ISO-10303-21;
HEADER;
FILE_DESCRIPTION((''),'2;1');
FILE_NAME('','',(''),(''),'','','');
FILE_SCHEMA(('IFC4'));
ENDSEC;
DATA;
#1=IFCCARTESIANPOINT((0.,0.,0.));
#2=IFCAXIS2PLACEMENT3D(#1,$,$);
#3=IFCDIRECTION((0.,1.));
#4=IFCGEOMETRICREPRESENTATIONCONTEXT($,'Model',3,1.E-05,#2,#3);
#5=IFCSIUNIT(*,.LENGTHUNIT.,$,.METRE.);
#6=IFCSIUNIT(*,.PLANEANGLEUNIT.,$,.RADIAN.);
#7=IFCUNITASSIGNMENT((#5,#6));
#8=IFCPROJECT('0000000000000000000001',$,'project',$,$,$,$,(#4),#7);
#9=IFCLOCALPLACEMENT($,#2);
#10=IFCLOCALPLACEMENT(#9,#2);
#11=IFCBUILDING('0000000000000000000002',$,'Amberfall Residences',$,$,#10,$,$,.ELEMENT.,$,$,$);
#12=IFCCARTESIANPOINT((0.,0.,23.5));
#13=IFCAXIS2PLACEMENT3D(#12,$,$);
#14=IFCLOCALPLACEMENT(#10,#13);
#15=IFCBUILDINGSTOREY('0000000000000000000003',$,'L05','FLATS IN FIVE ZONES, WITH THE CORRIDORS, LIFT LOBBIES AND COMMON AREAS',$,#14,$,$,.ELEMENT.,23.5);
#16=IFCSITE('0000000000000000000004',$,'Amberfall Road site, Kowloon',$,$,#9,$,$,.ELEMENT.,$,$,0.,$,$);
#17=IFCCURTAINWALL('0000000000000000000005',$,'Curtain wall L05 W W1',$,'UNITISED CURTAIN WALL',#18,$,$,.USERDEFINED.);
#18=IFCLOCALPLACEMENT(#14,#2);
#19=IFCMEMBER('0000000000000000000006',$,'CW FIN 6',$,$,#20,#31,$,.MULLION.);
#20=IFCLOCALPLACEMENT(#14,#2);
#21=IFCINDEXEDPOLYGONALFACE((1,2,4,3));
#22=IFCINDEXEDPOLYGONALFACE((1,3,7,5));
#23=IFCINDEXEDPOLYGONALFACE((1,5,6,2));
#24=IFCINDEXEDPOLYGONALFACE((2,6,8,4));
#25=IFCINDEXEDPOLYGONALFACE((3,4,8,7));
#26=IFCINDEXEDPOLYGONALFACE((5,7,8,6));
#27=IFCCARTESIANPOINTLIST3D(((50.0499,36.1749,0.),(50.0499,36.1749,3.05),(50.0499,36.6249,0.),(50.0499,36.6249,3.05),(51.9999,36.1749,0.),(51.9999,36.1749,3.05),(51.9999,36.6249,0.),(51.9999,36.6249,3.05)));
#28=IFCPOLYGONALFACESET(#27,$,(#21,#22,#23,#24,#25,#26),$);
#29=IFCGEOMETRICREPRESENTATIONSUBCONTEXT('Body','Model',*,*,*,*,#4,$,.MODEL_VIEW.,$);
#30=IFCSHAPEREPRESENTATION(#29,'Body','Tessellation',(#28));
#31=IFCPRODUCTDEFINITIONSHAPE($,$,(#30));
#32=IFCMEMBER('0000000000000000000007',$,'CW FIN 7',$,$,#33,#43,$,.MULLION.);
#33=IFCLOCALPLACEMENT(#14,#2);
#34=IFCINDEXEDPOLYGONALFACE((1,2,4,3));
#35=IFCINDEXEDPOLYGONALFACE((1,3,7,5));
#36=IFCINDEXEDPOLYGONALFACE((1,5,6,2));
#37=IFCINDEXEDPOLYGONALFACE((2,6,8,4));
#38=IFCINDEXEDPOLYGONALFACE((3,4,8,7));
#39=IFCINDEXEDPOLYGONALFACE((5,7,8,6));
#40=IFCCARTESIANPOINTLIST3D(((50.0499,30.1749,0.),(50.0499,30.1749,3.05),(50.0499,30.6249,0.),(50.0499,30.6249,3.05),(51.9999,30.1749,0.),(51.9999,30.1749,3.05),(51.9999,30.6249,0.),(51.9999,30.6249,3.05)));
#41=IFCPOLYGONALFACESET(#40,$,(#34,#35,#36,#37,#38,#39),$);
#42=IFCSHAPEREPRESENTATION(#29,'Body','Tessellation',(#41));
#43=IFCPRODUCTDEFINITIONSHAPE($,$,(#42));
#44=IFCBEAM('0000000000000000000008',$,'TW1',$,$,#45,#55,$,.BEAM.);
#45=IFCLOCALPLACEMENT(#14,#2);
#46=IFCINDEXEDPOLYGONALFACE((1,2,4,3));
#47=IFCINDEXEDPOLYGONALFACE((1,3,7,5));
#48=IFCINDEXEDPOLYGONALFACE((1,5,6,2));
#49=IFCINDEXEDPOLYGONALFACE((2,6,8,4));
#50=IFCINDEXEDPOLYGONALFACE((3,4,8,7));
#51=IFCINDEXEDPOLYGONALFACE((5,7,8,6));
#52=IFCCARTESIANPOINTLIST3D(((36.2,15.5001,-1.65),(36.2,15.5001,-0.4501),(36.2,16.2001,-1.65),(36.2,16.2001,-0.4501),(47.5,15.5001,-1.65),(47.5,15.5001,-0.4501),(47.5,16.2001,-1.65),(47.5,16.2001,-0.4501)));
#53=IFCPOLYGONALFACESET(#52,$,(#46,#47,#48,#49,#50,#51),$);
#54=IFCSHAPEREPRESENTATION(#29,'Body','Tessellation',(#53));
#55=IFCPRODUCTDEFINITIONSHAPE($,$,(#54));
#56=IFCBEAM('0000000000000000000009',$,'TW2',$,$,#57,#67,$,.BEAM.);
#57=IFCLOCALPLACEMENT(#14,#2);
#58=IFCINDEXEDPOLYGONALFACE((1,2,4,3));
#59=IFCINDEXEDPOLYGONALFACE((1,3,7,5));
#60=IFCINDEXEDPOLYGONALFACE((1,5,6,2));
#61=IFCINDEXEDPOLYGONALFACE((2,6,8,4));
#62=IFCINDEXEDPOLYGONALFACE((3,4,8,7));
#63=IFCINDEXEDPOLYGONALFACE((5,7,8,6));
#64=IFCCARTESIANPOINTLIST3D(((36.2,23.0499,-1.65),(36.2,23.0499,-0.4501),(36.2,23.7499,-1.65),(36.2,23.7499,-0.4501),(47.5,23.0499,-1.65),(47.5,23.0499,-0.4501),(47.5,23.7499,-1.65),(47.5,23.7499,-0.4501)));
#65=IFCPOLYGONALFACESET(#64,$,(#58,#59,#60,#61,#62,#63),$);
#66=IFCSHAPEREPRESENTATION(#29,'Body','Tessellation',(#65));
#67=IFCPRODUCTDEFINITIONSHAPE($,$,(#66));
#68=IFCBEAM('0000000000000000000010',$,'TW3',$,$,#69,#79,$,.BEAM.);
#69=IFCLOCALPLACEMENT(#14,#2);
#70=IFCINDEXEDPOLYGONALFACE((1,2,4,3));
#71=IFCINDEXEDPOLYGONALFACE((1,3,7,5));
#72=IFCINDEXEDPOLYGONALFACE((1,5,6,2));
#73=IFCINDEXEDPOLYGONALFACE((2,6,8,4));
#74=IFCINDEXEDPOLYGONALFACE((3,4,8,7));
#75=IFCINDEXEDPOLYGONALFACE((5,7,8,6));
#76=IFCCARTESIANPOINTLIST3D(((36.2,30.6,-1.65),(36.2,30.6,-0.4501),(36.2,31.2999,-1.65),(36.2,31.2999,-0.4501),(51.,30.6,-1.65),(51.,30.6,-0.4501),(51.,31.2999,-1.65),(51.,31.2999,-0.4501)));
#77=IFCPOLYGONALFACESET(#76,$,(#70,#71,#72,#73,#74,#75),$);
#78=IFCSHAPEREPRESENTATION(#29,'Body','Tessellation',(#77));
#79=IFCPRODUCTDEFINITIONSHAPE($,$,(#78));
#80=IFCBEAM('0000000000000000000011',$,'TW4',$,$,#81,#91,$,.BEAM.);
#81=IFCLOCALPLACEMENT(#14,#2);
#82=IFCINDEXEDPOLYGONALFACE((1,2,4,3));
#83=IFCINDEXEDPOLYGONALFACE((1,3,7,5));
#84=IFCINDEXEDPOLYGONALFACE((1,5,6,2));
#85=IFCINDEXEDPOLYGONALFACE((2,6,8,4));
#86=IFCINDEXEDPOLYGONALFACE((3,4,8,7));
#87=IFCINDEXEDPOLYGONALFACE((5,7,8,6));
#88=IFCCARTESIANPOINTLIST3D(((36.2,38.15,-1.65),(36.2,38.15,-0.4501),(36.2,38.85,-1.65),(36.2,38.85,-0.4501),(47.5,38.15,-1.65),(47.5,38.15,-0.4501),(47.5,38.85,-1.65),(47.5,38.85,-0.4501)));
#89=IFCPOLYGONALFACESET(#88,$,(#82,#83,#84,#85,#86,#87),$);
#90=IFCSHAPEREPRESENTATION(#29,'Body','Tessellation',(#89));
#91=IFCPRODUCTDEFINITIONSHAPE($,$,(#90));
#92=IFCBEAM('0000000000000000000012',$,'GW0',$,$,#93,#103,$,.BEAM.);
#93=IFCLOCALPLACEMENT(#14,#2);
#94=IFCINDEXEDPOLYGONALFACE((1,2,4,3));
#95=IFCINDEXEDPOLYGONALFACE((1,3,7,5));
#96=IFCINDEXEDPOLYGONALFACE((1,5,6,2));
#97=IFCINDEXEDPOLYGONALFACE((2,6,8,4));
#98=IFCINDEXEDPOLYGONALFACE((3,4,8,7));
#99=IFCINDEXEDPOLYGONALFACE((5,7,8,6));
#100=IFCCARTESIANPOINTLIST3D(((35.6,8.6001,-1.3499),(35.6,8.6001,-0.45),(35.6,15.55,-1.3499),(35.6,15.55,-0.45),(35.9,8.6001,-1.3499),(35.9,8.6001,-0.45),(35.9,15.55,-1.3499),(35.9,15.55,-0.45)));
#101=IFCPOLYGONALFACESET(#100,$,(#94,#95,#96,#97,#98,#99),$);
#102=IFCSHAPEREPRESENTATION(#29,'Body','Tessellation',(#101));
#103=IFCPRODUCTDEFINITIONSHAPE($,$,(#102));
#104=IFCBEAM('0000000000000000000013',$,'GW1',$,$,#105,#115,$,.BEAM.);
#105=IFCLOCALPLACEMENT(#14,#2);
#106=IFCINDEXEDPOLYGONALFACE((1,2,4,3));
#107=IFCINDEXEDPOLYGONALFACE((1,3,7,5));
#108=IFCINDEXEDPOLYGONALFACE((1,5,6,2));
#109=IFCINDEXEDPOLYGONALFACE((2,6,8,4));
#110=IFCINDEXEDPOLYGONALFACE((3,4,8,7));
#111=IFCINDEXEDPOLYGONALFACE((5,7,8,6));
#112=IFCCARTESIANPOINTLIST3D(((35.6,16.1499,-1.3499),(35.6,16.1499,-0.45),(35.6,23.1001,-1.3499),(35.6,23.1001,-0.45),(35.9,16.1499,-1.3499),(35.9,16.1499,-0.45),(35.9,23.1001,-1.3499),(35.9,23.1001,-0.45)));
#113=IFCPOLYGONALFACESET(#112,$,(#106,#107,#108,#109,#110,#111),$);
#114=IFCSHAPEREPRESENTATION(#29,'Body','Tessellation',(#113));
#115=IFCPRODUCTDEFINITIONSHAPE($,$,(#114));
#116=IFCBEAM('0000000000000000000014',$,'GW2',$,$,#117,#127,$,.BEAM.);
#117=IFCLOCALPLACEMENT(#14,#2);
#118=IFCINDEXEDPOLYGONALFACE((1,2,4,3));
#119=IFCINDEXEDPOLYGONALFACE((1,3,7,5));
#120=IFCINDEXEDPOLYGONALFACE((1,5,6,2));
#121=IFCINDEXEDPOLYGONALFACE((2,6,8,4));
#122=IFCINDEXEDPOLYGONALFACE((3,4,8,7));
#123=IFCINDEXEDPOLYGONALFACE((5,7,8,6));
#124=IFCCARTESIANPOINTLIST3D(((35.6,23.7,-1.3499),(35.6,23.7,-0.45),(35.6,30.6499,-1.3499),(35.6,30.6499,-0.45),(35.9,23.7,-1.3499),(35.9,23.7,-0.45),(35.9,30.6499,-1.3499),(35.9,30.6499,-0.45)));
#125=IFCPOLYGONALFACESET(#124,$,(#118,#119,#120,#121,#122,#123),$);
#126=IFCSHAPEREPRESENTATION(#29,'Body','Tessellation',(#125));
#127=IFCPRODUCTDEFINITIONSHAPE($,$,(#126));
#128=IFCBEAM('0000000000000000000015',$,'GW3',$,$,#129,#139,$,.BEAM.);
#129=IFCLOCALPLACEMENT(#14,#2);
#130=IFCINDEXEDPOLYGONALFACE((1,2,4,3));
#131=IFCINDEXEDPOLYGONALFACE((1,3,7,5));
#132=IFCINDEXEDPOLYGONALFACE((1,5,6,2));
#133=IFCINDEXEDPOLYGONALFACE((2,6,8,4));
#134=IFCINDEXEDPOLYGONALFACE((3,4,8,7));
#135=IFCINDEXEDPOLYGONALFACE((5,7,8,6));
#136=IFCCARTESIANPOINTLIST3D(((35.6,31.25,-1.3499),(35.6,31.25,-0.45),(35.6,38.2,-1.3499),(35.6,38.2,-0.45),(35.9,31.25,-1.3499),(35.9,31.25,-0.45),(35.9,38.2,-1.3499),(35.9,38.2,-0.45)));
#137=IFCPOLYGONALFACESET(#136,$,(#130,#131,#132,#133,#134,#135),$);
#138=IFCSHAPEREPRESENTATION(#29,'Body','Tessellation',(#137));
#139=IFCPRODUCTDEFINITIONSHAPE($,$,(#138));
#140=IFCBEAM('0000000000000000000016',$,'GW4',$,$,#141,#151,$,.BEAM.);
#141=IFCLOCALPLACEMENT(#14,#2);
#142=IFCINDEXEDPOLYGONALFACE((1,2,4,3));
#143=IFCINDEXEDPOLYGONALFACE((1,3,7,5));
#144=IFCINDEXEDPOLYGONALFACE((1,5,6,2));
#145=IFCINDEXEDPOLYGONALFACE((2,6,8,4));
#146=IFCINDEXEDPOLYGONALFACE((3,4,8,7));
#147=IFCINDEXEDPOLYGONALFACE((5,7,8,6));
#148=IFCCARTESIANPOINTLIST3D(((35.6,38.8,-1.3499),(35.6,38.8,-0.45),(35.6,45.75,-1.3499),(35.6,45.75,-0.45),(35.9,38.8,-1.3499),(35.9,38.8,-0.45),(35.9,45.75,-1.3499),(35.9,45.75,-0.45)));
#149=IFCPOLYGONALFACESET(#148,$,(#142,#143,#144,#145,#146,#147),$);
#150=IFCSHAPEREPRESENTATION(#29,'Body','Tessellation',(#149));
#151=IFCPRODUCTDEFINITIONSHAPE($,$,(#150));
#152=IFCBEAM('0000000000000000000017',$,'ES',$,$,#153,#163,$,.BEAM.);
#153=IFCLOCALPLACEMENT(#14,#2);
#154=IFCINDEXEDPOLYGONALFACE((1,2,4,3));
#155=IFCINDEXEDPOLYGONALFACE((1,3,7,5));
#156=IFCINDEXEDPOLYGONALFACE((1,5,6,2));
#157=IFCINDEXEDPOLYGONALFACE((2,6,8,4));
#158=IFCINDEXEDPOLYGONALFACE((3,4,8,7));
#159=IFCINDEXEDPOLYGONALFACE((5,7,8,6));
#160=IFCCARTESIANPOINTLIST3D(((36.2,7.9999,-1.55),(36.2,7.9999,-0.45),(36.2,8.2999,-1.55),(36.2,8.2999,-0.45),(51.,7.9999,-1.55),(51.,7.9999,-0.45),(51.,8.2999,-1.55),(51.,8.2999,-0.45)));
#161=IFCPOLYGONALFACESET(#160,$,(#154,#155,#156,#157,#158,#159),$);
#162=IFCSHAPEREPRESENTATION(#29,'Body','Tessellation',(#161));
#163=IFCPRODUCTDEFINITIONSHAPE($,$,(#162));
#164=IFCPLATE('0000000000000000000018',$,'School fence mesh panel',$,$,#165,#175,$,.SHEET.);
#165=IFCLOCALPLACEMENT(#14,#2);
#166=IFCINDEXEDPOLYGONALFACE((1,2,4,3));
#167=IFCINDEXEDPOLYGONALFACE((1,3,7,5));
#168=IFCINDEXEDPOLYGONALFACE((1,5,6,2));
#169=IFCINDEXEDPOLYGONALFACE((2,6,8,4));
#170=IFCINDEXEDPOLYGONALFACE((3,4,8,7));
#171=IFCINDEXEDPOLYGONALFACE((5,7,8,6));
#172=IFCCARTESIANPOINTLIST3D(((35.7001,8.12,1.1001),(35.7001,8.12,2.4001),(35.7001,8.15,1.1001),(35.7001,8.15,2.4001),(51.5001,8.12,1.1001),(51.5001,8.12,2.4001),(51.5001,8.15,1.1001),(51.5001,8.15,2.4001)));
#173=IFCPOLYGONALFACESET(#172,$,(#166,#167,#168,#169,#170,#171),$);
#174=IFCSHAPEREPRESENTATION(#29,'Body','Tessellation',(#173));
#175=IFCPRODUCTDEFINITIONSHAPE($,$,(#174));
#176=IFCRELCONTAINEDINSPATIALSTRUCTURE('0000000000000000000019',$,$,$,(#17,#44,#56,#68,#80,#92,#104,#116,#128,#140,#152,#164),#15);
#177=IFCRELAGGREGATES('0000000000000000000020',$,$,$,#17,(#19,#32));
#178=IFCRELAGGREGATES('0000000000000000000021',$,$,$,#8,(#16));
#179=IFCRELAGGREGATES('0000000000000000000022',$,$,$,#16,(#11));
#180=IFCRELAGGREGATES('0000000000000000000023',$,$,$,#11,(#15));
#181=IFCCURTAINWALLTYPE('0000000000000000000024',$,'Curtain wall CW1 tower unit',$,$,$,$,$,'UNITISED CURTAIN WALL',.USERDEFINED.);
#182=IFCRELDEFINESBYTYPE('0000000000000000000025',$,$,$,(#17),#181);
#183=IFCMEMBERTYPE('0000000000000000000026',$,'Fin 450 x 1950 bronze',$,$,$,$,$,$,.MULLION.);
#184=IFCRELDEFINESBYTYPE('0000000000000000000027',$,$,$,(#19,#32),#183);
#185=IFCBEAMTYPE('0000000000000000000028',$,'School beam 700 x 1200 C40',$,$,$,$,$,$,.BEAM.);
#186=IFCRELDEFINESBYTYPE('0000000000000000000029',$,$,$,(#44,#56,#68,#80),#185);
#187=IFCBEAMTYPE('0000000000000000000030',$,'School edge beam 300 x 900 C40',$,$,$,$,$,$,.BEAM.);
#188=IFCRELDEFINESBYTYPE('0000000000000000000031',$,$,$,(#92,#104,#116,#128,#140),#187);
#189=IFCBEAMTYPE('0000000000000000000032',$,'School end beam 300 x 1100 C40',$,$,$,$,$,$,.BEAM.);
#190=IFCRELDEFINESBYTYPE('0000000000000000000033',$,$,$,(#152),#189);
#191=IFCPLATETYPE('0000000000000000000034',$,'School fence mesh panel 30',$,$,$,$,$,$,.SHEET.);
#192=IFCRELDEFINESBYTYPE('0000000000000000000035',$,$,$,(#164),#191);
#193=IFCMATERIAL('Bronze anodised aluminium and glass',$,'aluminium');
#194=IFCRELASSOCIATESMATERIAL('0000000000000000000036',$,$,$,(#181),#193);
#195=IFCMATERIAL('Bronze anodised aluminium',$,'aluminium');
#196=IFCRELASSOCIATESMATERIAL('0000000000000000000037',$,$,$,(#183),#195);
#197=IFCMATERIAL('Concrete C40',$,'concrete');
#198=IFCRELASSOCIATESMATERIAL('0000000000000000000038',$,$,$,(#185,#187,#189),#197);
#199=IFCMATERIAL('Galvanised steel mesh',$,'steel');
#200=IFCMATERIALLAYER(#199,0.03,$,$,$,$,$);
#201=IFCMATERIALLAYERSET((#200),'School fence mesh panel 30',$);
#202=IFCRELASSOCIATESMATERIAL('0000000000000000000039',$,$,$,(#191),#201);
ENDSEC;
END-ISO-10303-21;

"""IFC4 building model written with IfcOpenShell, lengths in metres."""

from ifc_helpers import new_model, si_unit, direction, frame, origin, origin_2d, place, context, subcontext, project, spatial, rectangle, extrude, material, layer, layer_set, material_profile, profile_set, type_object, element, aggregate, save


model = new_model("IFC4")

# Units and contexts
model_context = context("Model", 3, precision=1e-05, world=origin(), true_north=direction((0.0, 1.0)))
body_context = subcontext(model_context, "Body", "Model", "MODEL_VIEW")
ifc_project = project(units=[si_unit("LENGTHUNIT", "METRE"), si_unit("PLANEANGLEUNIT", "RADIAN")], contexts=[model_context])

# Site, building, storey
site_placement = place(None, origin())
site = spatial("IfcSite", under=ifc_project, at=site_placement, Name="Amberfall Road site, Kowloon", CompositionType="ELEMENT", RefElevation=0.0)
building_placement = place(site_placement, origin())
building = spatial("IfcBuilding", under=site, at=building_placement, Name="Amberfall Residences", CompositionType="ELEMENT")
storey_placement = place(building_placement, frame((0.0, 0.0, 23.5)))
storey = spatial("IfcBuildingStorey", under=building, at=storey_placement, Name="L05", Description="FLATS IN FIVE ZONES, WITH THE CORRIDORS, LIFT LOBBIES AND COMMON AREAS", CompositionType="ELEMENT", Elevation=23.5)

# Curtain wall, members
ifc_material_1 = material(Name="Bronze anodised aluminium and glass", Category="aluminium")
curtain_wall_type = type_object("IfcCurtainWallType", Name="Curtain wall CW1 tower unit", ElementType="UNITISED CURTAIN WALL", PredefinedType="USERDEFINED", material=ifc_material_1)
curtain_wall_placement = place(storey_placement, origin())
curtain_wall = element("IfcCurtainWall", 1, at=curtain_wall_placement, inside=storey, type_object=curtain_wall_type, Name="Curtain wall L05 W W1", ObjectType="UNITISED CURTAIN WALL", PredefinedType="USERDEFINED")
ifc_material_2 = material(Name="Bronze anodised aluminium", Category="aluminium")
ifc_material_profile_1 = material_profile(ifc_material_2, rectangle(XDim=1.95, YDim=0.45, at=origin_2d()), Name="Fin 450 x 1950 bronze")
ifc_profile_set_1 = profile_set([ifc_material_profile_1], Name="Bronze anodised aluminium")
member_type = type_object("IfcMemberType", Name="Fin 450 x 1950 bronze", PredefinedType="MULLION", material=ifc_profile_set_1)
member_1_placement = place(storey_placement, frame((51.0249, 36.3999, 0.0), z_axis=(0.0, 0.0, 1.0), x_axis=(1.0, 0.0, 0.0)))
member_1 = element("IfcMember", 2, at=member_1_placement, type_object=member_type, Name="CW FIN 6", PredefinedType="MULLION", context=body_context, shape_type="SweptSolid", body=[
    extrude(rectangle(XDim=1.95, YDim=0.45, at=origin_2d()), origin(), (0.0, 0.0, 1.0), 3.05),
])
member_2_placement = place(storey_placement, frame((51.0249, 30.3999, 0.0), z_axis=(0.0, 0.0, 1.0), x_axis=(1.0, 0.0, 0.0)))
member_2 = element("IfcMember", 3, at=member_2_placement, type_object=member_type, Name="CW FIN 7", PredefinedType="MULLION", context=body_context, shape_type="SweptSolid", body=[
    extrude(rectangle(XDim=1.95, YDim=0.45, at=origin_2d()), origin(), (0.0, 0.0, 1.0), 3.05),
])
aggregate(curtain_wall, [member_1, member_2])

# Beams
ifc_material_3 = material(Name="Concrete C40", Category="concrete")
ifc_material_profile_2 = material_profile(ifc_material_3, rectangle(XDim=0.7, YDim=1.2, at=origin_2d()), Name="School beam 700 x 1200 C40")
ifc_profile_set_2 = profile_set([ifc_material_profile_2], Name="Concrete C40")
beam_type_1 = type_object("IfcBeamType", Name="School beam 700 x 1200 C40", PredefinedType="BEAM", material=ifc_profile_set_2)
for number, where, z_axis, x_axis, name in (
    (4, (36.2, 15.8501, -1.05), (1.0, 0.0, 0.0), (0.0, 1.0, 0.0), "TW1"),
    (5, (36.2, 23.3999, -1.05), (1.0, 0.0, 0.0), (0.0, 1.0, 0.0), "TW2"),
):
    element("IfcBeam", number, at=place(storey_placement, frame(where, z_axis=z_axis, x_axis=x_axis)), inside=storey, type_object=beam_type_1, Name=name, PredefinedType="BEAM", context=body_context, shape_type="SweptSolid", body=[
        extrude(rectangle(XDim=0.7, YDim=1.2, at=origin_2d()), origin(), (0.0, 0.0, 1.0), 11.3),
    ])
beam_1_placement = place(storey_placement, frame((36.2, 30.95, -1.05), z_axis=(1.0, 0.0, 0.0), x_axis=(0.0, 1.0, 0.0)))
element("IfcBeam", 6, at=beam_1_placement, inside=storey, type_object=beam_type_1, Name="TW3", PredefinedType="BEAM", context=body_context, shape_type="SweptSolid", body=[
    extrude(rectangle(XDim=0.7, YDim=1.2, at=origin_2d()), origin(), (0.0, 0.0, 1.0), 14.8),
])
beam_2_placement = place(storey_placement, frame((36.2, 38.5, -1.05), z_axis=(1.0, 0.0, 0.0), x_axis=(0.0, 1.0, 0.0)))
element("IfcBeam", 7, at=beam_2_placement, inside=storey, type_object=beam_type_1, Name="TW4", PredefinedType="BEAM", context=body_context, shape_type="SweptSolid", body=[
    extrude(rectangle(XDim=0.7, YDim=1.2, at=origin_2d()), origin(), (0.0, 0.0, 1.0), 11.3),
])
ifc_material_profile_3 = material_profile(ifc_material_3, rectangle(XDim=0.3, YDim=0.8999, at=origin_2d()), Name="School edge beam 300 x 900 C40")
ifc_profile_set_3 = profile_set([ifc_material_profile_3], Name="Concrete C40")
beam_type_2 = type_object("IfcBeamType", Name="School edge beam 300 x 900 C40", PredefinedType="BEAM", material=ifc_profile_set_3)
beam_3_placement = place(storey_placement, frame((35.75, 8.6001, -0.8999), z_axis=(0.0, 1.0, 0.0), x_axis=(-1.0, 0.0, 0.0)))
element("IfcBeam", 8, at=beam_3_placement, inside=storey, type_object=beam_type_2, Name="GW0", PredefinedType="BEAM", context=body_context, shape_type="SweptSolid", body=[
    extrude(rectangle(XDim=0.3, YDim=0.8999, at=origin_2d()), origin(), (0.0, 0.0, 1.0), 6.95),
])
beam_4_placement = place(storey_placement, frame((35.75, 16.1499, -0.8999), z_axis=(0.0, 1.0, 0.0), x_axis=(-1.0, 0.0, 0.0)))
element("IfcBeam", 9, at=beam_4_placement, inside=storey, type_object=beam_type_2, Name="GW1", PredefinedType="BEAM", context=body_context, shape_type="SweptSolid", body=[
    extrude(rectangle(XDim=0.3, YDim=0.8999, at=origin_2d()), origin(), (0.0, 0.0, 1.0), 6.9502),
])
for number, where, z_axis, x_axis, name in (
    (10, (35.75, 23.7, -0.8999), (0.0, 1.0, 0.0), (-1.0, 0.0, 0.0), "GW2"),
    (11, (35.75, 31.25, -0.8999), (0.0, 1.0, 0.0), (-1.0, 0.0, 0.0), "GW3"),
    (12, (35.75, 38.8, -0.8999), (0.0, 1.0, 0.0), (-1.0, 0.0, 0.0), "GW4"),
):
    element("IfcBeam", number, at=place(storey_placement, frame(where, z_axis=z_axis, x_axis=x_axis)), inside=storey, type_object=beam_type_2, Name=name, PredefinedType="BEAM", context=body_context, shape_type="SweptSolid", body=[
        extrude(rectangle(XDim=0.3, YDim=0.8999, at=origin_2d()), origin(), (0.0, 0.0, 1.0), 6.95),
    ])
ifc_material_profile_4 = material_profile(ifc_material_3, rectangle(XDim=0.3, YDim=1.1001, at=origin_2d()), Name="School end beam 300 x 1100 C40")
ifc_profile_set_4 = profile_set([ifc_material_profile_4], Name="Concrete C40")
beam_type_3 = type_object("IfcBeamType", Name="School end beam 300 x 1100 C40", PredefinedType="BEAM", material=ifc_profile_set_4)
beam_5_placement = place(storey_placement, frame((36.2, 8.1499, -1.0), z_axis=(1.0, 0.0, 0.0), x_axis=(0.0, 1.0, 0.0)))
element("IfcBeam", 13, at=beam_5_placement, inside=storey, type_object=beam_type_3, Name="ES", PredefinedType="BEAM", context=body_context, shape_type="SweptSolid", body=[
    extrude(rectangle(XDim=0.3, YDim=1.1001, at=origin_2d()), origin(), (0.0, 0.0, 1.0), 14.8),
])

# Plate
ifc_material_4 = material(Name="Galvanised steel mesh", Category="steel")
ifc_layer_1 = layer(ifc_material_4, 0.03)
ifc_layer_set_1 = layer_set([ifc_layer_1], Name="School fence mesh panel 30")
plate_type = type_object("IfcPlateType", Name="School fence mesh panel 30", PredefinedType="SHEET", material=ifc_layer_set_1)
plate_placement = place(storey_placement, frame((43.6001, 8.135, 1.1001), z_axis=(0.0, 0.0, 1.0), x_axis=(1.0, 0.0, 0.0)))
element("IfcPlate", 14, at=plate_placement, inside=storey, type_object=plate_type, Name="School fence mesh panel", PredefinedType="SHEET", context=body_context, shape_type="SweptSolid", body=[
    extrude(rectangle(XDim=15.8, YDim=0.03, at=origin_2d()), origin(), (0.0, 0.0, 1.0), 1.3),
])

save(model, "model.ifc")
